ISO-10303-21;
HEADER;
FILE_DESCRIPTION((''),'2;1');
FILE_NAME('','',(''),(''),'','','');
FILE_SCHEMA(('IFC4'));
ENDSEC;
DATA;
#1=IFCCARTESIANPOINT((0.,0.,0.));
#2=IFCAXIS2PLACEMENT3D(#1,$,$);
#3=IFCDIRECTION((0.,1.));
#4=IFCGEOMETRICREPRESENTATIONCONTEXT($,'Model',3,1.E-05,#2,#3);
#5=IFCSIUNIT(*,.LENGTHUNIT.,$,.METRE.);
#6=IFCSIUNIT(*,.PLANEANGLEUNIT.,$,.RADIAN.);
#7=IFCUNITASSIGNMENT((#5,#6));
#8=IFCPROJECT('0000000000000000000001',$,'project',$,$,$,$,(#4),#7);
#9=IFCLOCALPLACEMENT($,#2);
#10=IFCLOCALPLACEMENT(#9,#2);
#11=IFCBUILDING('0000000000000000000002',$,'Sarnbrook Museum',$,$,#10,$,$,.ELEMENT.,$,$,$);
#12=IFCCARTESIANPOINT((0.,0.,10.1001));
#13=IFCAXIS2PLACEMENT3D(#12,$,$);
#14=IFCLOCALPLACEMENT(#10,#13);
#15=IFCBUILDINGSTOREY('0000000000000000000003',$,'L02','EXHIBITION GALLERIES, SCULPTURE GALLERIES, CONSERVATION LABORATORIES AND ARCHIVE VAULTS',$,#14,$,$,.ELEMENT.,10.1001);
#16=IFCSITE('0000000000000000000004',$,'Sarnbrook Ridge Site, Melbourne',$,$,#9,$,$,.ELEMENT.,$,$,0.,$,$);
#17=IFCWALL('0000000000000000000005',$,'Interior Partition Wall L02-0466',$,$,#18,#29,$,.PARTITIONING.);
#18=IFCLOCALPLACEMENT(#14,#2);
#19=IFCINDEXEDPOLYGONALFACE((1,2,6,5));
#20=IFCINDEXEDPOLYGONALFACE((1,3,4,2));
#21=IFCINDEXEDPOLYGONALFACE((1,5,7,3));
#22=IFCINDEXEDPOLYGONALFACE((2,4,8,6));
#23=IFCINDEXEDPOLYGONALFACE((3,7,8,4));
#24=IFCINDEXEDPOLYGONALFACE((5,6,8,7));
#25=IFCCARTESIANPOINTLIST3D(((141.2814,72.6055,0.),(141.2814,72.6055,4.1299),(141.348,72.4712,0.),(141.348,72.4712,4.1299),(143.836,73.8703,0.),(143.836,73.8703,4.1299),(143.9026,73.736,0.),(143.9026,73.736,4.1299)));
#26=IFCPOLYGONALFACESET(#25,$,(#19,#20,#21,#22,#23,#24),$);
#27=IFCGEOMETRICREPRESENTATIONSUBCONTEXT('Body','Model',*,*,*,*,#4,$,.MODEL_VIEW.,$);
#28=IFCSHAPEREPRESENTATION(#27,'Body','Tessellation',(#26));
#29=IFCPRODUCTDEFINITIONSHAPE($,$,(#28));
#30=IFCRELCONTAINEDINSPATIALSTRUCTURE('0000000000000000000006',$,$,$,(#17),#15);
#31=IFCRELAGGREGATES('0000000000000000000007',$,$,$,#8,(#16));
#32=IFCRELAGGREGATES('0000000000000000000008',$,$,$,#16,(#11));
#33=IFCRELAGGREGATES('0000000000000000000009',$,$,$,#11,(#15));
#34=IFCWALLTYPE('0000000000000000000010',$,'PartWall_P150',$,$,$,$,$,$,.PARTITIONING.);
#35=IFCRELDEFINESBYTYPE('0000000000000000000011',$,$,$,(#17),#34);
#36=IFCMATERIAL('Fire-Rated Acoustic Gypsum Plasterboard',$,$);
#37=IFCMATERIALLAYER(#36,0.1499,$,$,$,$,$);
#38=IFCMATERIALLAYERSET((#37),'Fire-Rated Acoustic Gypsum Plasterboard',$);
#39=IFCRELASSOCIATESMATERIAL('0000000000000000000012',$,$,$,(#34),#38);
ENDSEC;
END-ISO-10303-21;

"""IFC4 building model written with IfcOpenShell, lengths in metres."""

from ifc_helpers import new_model, si_unit, direction, frame, frame_2d, origin, place, context, subcontext, project, spatial, rectangle, extrude, material, layer, layer_set, type_object, element, save


model = new_model("IFC4")

# Units and contexts
model_context = context("Model", 3, precision=1e-05, world=origin(), true_north=direction((0.0, 1.0)))
body_context = subcontext(model_context, "Body", "Model", "MODEL_VIEW")
ifc_project = project(units=[si_unit("LENGTHUNIT", "METRE"), si_unit("PLANEANGLEUNIT", "RADIAN")], contexts=[model_context])

# Site, building, storey
site_placement = place(None, origin())
site = spatial("IfcSite", under=ifc_project, at=site_placement, Name="Sarnbrook Ridge Site, Melbourne", CompositionType="ELEMENT", RefElevation=0.0)
building_placement = place(site_placement, origin())
building = spatial("IfcBuilding", under=site, at=building_placement, Name="Sarnbrook Museum", CompositionType="ELEMENT")
storey_placement = place(building_placement, frame((0.0, 0.0, 10.1001)))
storey = spatial("IfcBuildingStorey", under=building, at=storey_placement, Name="L02", Description="EXHIBITION GALLERIES, SCULPTURE GALLERIES, CONSERVATION LABORATORIES AND ARCHIVE VAULTS", CompositionType="ELEMENT", Elevation=10.1001)

# Shared definitions
ifc_material_1 = material(Name="Fire-Rated Acoustic Gypsum Plasterboard")

# Wall
ifc_layer_1 = layer(ifc_material_1, 0.1499)
ifc_layer_set_1 = layer_set([ifc_layer_1], Name="Fire-Rated Acoustic Gypsum Plasterboard")
wall_type_1 = type_object("IfcWallType", Name="PartWall_P150", PredefinedType="PARTITIONING", material=ifc_layer_set_1)
wall_1_placement = place(storey_placement, frame((141.3147, 72.5383, 0.0), z_axis=(0.0, 0.0, 1.0), x_axis=(0.896167, 0.443716, 0.0)))
element("IfcWall", 1, at=wall_1_placement, inside=storey, type_object=wall_type_1, Name="Interior Partition Wall L02-0466", PredefinedType="PARTITIONING", context=body_context, shape_type="SweptSolid", body=[
    extrude(rectangle(XDim=2.8506, YDim=0.1499, at=frame_2d((1.4253, 0.0))), origin(), (0.0, 0.0, 1.0), 4.1299),
])

save(model, "model.ifc")
